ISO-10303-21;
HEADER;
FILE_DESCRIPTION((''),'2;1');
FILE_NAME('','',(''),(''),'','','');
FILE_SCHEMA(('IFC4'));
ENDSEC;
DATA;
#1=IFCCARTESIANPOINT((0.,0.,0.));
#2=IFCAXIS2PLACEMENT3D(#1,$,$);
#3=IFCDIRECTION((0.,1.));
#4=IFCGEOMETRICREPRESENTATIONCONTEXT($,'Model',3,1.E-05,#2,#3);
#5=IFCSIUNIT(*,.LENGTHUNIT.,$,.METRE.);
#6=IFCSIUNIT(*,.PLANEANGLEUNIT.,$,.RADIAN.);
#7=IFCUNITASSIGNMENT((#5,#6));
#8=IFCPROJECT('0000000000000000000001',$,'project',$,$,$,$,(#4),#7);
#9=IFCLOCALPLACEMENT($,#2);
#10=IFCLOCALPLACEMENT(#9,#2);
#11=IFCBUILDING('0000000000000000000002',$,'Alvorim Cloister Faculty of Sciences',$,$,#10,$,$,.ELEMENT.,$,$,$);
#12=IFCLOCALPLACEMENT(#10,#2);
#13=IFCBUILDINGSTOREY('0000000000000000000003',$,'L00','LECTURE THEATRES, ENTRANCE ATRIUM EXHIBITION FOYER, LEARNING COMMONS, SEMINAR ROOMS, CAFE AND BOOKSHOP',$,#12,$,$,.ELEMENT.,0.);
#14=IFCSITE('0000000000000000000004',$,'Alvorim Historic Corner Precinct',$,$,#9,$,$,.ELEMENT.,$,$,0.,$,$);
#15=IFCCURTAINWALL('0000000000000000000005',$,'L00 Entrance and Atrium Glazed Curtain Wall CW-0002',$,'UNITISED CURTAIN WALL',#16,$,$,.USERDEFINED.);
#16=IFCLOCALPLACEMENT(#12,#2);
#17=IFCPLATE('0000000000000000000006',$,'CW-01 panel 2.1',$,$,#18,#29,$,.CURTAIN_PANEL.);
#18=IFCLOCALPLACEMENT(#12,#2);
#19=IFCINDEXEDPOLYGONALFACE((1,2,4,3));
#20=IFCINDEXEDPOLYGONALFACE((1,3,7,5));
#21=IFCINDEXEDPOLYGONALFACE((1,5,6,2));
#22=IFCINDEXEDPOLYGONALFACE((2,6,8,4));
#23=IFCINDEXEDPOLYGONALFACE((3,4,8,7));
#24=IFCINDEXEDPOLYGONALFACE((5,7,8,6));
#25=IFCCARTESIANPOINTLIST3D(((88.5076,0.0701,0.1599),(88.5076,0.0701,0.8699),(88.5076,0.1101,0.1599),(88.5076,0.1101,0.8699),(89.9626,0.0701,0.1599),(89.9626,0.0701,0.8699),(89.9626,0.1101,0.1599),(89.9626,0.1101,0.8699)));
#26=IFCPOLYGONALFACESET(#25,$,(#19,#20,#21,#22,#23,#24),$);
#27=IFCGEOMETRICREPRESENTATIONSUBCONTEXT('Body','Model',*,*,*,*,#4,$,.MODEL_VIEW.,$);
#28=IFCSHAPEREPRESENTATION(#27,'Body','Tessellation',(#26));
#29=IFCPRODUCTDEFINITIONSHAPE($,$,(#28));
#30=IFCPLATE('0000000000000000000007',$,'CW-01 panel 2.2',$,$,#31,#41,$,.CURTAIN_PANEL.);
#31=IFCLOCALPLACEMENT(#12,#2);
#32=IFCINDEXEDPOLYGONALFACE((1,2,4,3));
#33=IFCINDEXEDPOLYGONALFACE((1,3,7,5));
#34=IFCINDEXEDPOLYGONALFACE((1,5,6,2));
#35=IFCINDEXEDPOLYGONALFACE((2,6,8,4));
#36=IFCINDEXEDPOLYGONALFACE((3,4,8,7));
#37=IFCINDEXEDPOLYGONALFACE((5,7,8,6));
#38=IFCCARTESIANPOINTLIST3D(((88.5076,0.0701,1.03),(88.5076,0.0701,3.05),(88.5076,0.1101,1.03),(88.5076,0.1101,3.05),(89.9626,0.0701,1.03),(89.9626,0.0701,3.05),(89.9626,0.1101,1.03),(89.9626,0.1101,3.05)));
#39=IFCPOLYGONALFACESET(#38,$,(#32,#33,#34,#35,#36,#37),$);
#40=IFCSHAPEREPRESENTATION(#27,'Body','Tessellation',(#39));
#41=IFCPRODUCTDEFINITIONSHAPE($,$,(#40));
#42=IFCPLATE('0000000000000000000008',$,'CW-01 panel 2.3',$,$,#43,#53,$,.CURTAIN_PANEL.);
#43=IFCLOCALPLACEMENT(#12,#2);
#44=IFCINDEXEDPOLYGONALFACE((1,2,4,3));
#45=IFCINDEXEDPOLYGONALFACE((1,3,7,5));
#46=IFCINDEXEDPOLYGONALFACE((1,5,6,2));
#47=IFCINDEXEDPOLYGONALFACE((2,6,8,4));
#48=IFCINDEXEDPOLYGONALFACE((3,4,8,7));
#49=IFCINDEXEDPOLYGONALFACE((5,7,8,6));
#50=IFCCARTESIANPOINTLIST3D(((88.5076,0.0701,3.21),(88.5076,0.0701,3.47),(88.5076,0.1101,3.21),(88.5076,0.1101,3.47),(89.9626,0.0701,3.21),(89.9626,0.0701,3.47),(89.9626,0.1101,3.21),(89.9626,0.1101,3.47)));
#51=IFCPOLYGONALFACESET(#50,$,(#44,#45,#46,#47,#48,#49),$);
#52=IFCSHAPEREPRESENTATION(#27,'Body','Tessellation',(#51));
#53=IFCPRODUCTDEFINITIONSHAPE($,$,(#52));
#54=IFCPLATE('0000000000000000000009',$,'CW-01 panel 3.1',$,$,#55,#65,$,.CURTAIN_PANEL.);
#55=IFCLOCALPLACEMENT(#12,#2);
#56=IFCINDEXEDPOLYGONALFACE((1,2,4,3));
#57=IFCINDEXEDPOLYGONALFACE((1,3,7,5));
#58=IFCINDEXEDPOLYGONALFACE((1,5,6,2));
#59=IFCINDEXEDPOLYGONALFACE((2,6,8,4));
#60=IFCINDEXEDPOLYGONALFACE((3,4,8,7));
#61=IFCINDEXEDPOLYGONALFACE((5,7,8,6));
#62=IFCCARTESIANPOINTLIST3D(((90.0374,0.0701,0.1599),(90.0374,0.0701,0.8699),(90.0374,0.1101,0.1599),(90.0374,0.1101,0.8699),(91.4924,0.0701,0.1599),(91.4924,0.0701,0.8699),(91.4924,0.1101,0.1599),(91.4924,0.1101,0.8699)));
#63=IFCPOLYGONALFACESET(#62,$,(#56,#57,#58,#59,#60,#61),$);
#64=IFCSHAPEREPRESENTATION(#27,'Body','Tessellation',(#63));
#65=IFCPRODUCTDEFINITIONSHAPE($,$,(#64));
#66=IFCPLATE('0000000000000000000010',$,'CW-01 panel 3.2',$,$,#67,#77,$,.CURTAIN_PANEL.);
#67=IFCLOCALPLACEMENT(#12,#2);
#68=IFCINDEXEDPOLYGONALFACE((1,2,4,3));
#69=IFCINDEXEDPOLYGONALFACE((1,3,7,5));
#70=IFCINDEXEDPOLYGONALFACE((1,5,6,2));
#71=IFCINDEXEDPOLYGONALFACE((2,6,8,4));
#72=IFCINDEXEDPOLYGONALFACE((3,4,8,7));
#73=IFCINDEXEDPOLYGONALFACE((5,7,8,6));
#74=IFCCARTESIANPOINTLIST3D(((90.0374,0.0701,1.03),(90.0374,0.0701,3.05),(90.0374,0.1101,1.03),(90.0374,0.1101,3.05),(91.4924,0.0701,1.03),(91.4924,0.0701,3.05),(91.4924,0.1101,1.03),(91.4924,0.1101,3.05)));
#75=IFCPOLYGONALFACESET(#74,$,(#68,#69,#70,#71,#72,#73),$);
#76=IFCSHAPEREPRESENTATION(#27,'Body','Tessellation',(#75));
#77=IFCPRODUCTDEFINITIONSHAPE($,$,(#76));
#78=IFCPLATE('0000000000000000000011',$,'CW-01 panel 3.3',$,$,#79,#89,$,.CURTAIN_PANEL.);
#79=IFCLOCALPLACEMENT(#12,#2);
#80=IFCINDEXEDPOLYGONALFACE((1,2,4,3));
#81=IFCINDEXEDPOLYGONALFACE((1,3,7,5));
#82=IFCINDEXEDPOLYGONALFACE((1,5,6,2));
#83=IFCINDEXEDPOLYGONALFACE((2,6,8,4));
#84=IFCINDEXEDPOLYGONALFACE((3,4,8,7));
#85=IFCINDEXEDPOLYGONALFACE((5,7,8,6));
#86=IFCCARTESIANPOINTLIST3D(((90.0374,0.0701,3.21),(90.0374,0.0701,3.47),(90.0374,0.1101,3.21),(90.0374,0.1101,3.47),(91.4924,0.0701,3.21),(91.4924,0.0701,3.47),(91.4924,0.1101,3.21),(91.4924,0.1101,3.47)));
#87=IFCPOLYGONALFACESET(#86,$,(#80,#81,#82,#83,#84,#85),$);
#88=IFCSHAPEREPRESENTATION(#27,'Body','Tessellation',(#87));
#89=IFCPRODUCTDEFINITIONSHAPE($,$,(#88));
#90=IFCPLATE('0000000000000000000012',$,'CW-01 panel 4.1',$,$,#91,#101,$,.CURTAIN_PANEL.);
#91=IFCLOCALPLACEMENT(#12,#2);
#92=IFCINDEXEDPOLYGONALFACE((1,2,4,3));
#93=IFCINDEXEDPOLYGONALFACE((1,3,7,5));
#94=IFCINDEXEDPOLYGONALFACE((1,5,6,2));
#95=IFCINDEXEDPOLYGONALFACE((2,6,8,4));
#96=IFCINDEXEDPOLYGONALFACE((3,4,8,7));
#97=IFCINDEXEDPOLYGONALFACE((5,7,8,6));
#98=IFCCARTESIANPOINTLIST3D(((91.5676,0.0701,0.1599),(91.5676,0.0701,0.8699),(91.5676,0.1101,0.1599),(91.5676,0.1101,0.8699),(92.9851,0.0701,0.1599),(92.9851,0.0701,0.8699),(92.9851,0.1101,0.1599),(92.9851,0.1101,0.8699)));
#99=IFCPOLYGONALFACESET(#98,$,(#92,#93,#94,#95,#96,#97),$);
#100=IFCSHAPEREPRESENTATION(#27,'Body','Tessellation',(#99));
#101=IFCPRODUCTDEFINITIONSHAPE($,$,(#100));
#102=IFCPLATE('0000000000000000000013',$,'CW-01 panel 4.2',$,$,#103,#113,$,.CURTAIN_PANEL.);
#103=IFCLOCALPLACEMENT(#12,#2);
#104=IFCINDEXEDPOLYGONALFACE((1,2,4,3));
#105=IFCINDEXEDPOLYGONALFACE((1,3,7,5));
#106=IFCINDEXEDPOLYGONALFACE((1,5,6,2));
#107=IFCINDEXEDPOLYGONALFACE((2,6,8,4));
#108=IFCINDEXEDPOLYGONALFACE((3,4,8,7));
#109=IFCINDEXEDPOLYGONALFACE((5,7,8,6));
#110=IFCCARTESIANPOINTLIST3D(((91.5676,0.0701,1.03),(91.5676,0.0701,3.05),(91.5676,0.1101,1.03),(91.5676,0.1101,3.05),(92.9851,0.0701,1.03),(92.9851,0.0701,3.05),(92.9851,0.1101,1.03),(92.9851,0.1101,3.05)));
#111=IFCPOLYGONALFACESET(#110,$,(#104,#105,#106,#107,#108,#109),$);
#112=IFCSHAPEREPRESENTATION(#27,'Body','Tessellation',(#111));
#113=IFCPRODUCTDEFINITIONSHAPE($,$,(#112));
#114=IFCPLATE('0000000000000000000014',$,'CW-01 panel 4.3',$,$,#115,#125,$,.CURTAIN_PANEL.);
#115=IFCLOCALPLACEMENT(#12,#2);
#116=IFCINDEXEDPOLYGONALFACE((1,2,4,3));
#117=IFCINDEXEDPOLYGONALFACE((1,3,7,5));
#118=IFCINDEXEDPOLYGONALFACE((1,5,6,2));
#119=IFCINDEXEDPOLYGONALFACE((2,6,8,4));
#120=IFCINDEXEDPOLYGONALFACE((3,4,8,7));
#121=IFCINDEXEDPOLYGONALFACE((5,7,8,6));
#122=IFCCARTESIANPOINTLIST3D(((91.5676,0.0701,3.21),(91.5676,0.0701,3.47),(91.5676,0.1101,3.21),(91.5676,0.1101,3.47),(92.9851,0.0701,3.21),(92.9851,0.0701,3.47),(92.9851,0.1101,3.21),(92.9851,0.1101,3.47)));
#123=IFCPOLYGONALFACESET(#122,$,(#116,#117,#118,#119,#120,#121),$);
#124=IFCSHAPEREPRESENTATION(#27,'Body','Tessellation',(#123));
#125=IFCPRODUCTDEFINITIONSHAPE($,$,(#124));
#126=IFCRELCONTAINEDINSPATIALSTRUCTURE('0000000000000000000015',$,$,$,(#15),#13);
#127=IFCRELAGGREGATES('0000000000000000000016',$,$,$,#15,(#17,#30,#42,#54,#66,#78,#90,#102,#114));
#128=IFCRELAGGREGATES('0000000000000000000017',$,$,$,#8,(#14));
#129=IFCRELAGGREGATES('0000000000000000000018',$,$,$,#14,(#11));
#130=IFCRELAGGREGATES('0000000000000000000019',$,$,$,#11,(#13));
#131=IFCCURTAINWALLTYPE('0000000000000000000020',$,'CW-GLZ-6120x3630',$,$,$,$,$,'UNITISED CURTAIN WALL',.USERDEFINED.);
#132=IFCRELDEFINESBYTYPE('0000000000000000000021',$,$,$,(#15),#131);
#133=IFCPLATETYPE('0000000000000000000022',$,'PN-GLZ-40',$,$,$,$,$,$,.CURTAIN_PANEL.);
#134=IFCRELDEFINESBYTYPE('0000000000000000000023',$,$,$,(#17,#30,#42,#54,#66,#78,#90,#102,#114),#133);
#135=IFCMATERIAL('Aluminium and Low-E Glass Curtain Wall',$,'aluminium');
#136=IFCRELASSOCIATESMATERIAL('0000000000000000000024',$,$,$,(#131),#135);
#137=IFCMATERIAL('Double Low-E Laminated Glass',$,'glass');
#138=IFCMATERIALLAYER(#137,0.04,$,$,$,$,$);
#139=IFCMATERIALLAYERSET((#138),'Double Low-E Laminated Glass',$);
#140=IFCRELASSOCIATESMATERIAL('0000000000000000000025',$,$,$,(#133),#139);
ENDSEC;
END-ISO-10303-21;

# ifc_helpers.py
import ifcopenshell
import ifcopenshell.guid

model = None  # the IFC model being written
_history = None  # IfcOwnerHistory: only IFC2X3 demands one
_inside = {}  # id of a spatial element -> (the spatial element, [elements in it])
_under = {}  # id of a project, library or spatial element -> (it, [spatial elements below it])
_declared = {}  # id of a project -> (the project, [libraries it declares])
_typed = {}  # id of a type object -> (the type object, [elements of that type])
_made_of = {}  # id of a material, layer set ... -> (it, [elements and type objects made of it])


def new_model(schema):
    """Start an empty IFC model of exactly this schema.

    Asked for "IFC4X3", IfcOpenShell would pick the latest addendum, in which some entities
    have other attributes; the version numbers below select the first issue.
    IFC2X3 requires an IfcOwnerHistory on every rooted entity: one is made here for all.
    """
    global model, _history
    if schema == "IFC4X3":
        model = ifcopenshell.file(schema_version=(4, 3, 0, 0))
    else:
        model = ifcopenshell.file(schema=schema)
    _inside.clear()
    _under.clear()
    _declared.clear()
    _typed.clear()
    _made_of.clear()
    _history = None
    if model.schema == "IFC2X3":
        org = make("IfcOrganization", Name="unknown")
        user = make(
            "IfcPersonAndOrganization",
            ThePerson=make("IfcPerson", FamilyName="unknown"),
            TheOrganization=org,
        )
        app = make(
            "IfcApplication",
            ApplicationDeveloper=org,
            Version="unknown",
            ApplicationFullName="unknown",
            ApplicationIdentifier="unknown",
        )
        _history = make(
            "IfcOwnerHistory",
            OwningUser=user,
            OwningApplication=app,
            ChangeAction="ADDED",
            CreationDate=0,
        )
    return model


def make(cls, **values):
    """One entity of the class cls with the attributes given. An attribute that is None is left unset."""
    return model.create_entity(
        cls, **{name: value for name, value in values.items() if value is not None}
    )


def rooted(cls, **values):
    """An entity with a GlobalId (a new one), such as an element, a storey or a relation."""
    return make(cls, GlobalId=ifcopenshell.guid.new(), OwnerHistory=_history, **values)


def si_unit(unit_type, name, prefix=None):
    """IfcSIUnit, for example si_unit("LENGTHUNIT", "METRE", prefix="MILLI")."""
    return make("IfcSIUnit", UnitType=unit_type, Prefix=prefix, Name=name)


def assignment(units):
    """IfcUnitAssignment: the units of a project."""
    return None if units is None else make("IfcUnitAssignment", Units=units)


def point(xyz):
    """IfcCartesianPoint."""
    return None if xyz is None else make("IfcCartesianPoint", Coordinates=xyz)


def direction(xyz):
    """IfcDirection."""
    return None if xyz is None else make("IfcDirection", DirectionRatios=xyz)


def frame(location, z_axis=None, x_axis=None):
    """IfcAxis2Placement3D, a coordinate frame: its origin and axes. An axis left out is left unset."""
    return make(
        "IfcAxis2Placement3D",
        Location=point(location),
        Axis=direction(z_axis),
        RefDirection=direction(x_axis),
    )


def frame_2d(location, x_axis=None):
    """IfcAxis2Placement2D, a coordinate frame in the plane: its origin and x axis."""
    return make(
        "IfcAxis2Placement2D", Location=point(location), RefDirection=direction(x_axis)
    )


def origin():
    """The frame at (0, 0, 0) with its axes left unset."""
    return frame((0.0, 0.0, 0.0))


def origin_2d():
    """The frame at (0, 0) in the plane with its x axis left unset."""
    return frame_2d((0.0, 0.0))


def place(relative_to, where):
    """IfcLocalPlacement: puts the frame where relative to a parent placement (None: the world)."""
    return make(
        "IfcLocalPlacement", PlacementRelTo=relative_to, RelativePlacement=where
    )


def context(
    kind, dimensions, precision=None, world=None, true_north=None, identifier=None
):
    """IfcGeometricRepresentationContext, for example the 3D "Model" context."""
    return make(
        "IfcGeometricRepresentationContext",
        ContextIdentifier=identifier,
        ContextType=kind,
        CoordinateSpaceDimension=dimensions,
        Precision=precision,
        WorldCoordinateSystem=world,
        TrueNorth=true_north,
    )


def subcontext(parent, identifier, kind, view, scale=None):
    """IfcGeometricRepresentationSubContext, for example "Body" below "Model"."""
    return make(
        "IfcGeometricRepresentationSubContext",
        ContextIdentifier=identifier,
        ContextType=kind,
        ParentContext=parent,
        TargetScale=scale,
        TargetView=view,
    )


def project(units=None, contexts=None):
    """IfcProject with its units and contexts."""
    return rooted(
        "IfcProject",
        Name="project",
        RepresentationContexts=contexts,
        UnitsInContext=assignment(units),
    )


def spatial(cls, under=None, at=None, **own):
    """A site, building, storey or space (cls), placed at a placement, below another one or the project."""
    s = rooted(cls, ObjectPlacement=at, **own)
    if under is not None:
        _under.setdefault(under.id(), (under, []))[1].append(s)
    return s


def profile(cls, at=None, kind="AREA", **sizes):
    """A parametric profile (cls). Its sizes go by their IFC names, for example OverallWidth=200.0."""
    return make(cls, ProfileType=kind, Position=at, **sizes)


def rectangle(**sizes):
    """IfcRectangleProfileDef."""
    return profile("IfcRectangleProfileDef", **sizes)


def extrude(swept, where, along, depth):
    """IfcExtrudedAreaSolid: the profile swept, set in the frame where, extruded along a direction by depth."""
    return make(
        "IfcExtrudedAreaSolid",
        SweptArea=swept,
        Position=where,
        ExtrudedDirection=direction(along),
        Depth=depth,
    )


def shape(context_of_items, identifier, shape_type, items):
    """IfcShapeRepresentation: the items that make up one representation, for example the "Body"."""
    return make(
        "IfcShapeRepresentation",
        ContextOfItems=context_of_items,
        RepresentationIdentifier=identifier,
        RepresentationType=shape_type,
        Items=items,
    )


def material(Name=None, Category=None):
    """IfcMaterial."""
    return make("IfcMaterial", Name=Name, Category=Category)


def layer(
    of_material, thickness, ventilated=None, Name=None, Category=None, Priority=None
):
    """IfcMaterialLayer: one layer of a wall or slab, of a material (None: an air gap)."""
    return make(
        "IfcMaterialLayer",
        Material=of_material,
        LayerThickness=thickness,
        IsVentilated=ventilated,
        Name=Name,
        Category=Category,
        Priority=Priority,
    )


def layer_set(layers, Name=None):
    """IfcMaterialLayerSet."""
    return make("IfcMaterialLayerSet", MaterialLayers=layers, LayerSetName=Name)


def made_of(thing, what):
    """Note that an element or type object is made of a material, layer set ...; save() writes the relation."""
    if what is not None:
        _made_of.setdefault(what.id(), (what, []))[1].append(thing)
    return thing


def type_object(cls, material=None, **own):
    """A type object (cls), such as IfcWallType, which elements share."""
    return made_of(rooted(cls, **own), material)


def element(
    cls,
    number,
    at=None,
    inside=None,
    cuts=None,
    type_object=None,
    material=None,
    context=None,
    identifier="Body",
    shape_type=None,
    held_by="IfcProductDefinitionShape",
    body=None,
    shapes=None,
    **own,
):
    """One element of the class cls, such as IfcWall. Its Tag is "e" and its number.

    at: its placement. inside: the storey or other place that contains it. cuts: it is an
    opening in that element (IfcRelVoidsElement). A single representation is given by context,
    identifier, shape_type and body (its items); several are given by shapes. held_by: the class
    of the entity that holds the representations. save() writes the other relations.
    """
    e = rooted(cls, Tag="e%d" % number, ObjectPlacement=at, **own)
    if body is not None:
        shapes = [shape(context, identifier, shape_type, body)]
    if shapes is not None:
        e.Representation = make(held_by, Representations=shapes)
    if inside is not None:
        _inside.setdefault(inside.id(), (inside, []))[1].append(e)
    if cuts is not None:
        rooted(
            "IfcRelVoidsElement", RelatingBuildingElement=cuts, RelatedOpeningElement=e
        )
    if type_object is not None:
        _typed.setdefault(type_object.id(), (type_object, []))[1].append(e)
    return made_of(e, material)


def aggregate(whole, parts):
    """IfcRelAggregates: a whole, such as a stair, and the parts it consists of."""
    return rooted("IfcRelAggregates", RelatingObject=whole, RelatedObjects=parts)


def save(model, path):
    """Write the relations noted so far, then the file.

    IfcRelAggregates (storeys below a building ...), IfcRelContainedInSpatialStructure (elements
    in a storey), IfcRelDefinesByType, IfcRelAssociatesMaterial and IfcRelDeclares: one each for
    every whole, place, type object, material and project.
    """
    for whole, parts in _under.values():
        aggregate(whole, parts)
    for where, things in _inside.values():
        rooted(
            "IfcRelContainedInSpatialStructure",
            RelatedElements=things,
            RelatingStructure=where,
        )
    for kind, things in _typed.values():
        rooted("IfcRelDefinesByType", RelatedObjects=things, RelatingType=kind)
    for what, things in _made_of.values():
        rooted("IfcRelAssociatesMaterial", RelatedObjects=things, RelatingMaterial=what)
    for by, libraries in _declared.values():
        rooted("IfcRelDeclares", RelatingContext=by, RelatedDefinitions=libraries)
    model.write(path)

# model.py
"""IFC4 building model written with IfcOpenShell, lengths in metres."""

from ifc_helpers import new_model, si_unit, direction, frame, origin, origin_2d, place, context, subcontext, project, spatial, rectangle, extrude, material, layer, layer_set, type_object, element, aggregate, save


model = new_model("IFC4")

# Units and contexts
model_context = context("Model", 3, precision=1e-05, world=origin(), true_north=direction((0.0, 1.0)))
body_context = subcontext(model_context, "Body", "Model", "MODEL_VIEW")
ifc_project = project(units=[si_unit("LENGTHUNIT", "METRE"), si_unit("PLANEANGLEUNIT", "RADIAN")], contexts=[model_context])

# Site, building, storey
site_placement = place(None, origin())
site = spatial("IfcSite", under=ifc_project, at=site_placement, Name="Alvorim Historic Corner Precinct", CompositionType="ELEMENT", RefElevation=0.0)
building_placement = place(site_placement, origin())
building = spatial("IfcBuilding", under=site, at=building_placement, Name="Alvorim Cloister Faculty of Sciences", CompositionType="ELEMENT")
storey_placement = place(building_placement, origin())
storey = spatial("IfcBuildingStorey", under=building, at=storey_placement, Name="L00", Description="LECTURE THEATRES, ENTRANCE ATRIUM EXHIBITION FOYER, LEARNING COMMONS, SEMINAR ROOMS, CAFE AND BOOKSHOP", CompositionType="ELEMENT", Elevation=0.0)

# Curtain wall
ifc_material_1 = material(Name="Aluminium and Low-E Glass Curtain Wall", Category="aluminium")
curtain_wall_type = type_object("IfcCurtainWallType", Name="CW-GLZ-6120x3630", ElementType="UNITISED CURTAIN WALL", PredefinedType="USERDEFINED", material=ifc_material_1)
curtain_wall_1_placement = place(storey_placement, origin())
curtain_wall_1 = element("IfcCurtainWall", 1, at=curtain_wall_1_placement, inside=storey, type_object=curtain_wall_type, Name="L00 Entrance and Atrium Glazed Curtain Wall CW-0002", ObjectType="UNITISED CURTAIN WALL", PredefinedType="USERDEFINED")

# Plates
ifc_material_2 = material(Name="Double Low-E Laminated Glass", Category="glass")
ifc_layer_1 = layer(ifc_material_2, 0.04)
ifc_layer_set_1 = layer_set([ifc_layer_1], Name="Double Low-E Laminated Glass")
plate_type_1 = type_object("IfcPlateType", Name="PN-GLZ-40", PredefinedType="CURTAIN_PANEL", material=ifc_layer_set_1)
plate_1_placement = place(storey_placement, frame((89.2351, 0.0901, 0.1599), z_axis=(0.0, 0.0, 1.0), x_axis=(1.0, 0.0, 0.0)))
plate_1 = element("IfcPlate", 2, at=plate_1_placement, type_object=plate_type_1, Name="CW-01 panel 2.1", PredefinedType="CURTAIN_PANEL", context=body_context, shape_type="SweptSolid", body=[
    extrude(rectangle(XDim=1.4551, YDim=0.04, at=origin_2d()), origin(), (0.0, 0.0, 1.0), 0.71),
])
plate_2_placement = place(storey_placement, frame((89.2351, 0.0901, 1.03), z_axis=(0.0, 0.0, 1.0), x_axis=(1.0, 0.0, 0.0)))
plate_2 = element("IfcPlate", 3, at=plate_2_placement, type_object=plate_type_1, Name="CW-01 panel 2.2", PredefinedType="CURTAIN_PANEL", context=body_context, shape_type="SweptSolid", body=[
    extrude(rectangle(XDim=1.4551, YDim=0.04, at=origin_2d()), origin(), (0.0, 0.0, 1.0), 2.02),
])
plate_3_placement = place(storey_placement, frame((89.2351, 0.0901, 3.21), z_axis=(0.0, 0.0, 1.0), x_axis=(1.0, 0.0, 0.0)))
plate_3 = element("IfcPlate", 4, at=plate_3_placement, type_object=plate_type_1, Name="CW-01 panel 2.3", PredefinedType="CURTAIN_PANEL", context=body_context, shape_type="SweptSolid", body=[
    extrude(rectangle(XDim=1.4551, YDim=0.04, at=origin_2d()), origin(), (0.0, 0.0, 1.0), 0.26),
])
plate_4_placement = place(storey_placement, frame((90.7649, 0.0901, 0.1599), z_axis=(0.0, 0.0, 1.0), x_axis=(1.0, 0.0, 0.0)))
plate_4 = element("IfcPlate", 5, at=plate_4_placement, type_object=plate_type_1, Name="CW-01 panel 3.1", PredefinedType="CURTAIN_PANEL", context=body_context, shape_type="SweptSolid", body=[
    extrude(rectangle(XDim=1.4551, YDim=0.04, at=origin_2d()), origin(), (0.0, 0.0, 1.0), 0.71),
])
plate_5_placement = place(storey_placement, frame((90.7649, 0.0901, 1.03), z_axis=(0.0, 0.0, 1.0), x_axis=(1.0, 0.0, 0.0)))
plate_5 = element("IfcPlate", 6, at=plate_5_placement, type_object=plate_type_1, Name="CW-01 panel 3.2", PredefinedType="CURTAIN_PANEL", context=body_context, shape_type="SweptSolid", body=[
    extrude(rectangle(XDim=1.4551, YDim=0.04, at=origin_2d()), origin(), (0.0, 0.0, 1.0), 2.02),
])
plate_6_placement = place(storey_placement, frame((90.7649, 0.0901, 3.21), z_axis=(0.0, 0.0, 1.0), x_axis=(1.0, 0.0, 0.0)))
plate_6 = element("IfcPlate", 7, at=plate_6_placement, type_object=plate_type_1, Name="CW-01 panel 3.3", PredefinedType="CURTAIN_PANEL", context=body_context, shape_type="SweptSolid", body=[
    extrude(rectangle(XDim=1.4551, YDim=0.04, at=origin_2d()), origin(), (0.0, 0.0, 1.0), 0.26),
])
plate_7_placement = place(storey_placement, frame((92.2764, 0.0901, 0.1599), z_axis=(0.0, 0.0, 1.0), x_axis=(1.0, 0.0, 0.0)))
plate_7 = element("IfcPlate", 8, at=plate_7_placement, type_object=plate_type_1, Name="CW-01 panel 4.1", PredefinedType="CURTAIN_PANEL", context=body_context, shape_type="SweptSolid", body=[
    extrude(rectangle(XDim=1.4175, YDim=0.04, at=origin_2d()), origin(), (0.0, 0.0, 1.0), 0.71),
])
plate_8_placement = place(storey_placement, frame((92.2764, 0.0901, 1.03), z_axis=(0.0, 0.0, 1.0), x_axis=(1.0, 0.0, 0.0)))
plate_8 = element("IfcPlate", 9, at=plate_8_placement, type_object=plate_type_1, Name="CW-01 panel 4.2", PredefinedType="CURTAIN_PANEL", context=body_context, shape_type="SweptSolid", body=[
    extrude(rectangle(XDim=1.4175, YDim=0.04, at=origin_2d()), origin(), (0.0, 0.0, 1.0), 2.02),
])
plate_9_placement = place(storey_placement, frame((92.2764, 0.0901, 3.21), z_axis=(0.0, 0.0, 1.0), x_axis=(1.0, 0.0, 0.0)))
plate_9 = element("IfcPlate", 10, at=plate_9_placement, type_object=plate_type_1, Name="CW-01 panel 4.3", PredefinedType="CURTAIN_PANEL", context=body_context, shape_type="SweptSolid", body=[
    extrude(rectangle(XDim=1.4175, YDim=0.04, at=origin_2d()), origin(), (0.0, 0.0, 1.0), 0.26),
])
aggregate(curtain_wall_1, [plate_1, plate_2, plate_3, plate_4, plate_5, plate_6, plate_7, plate_8, plate_9])

save(model, "model.ifc")
